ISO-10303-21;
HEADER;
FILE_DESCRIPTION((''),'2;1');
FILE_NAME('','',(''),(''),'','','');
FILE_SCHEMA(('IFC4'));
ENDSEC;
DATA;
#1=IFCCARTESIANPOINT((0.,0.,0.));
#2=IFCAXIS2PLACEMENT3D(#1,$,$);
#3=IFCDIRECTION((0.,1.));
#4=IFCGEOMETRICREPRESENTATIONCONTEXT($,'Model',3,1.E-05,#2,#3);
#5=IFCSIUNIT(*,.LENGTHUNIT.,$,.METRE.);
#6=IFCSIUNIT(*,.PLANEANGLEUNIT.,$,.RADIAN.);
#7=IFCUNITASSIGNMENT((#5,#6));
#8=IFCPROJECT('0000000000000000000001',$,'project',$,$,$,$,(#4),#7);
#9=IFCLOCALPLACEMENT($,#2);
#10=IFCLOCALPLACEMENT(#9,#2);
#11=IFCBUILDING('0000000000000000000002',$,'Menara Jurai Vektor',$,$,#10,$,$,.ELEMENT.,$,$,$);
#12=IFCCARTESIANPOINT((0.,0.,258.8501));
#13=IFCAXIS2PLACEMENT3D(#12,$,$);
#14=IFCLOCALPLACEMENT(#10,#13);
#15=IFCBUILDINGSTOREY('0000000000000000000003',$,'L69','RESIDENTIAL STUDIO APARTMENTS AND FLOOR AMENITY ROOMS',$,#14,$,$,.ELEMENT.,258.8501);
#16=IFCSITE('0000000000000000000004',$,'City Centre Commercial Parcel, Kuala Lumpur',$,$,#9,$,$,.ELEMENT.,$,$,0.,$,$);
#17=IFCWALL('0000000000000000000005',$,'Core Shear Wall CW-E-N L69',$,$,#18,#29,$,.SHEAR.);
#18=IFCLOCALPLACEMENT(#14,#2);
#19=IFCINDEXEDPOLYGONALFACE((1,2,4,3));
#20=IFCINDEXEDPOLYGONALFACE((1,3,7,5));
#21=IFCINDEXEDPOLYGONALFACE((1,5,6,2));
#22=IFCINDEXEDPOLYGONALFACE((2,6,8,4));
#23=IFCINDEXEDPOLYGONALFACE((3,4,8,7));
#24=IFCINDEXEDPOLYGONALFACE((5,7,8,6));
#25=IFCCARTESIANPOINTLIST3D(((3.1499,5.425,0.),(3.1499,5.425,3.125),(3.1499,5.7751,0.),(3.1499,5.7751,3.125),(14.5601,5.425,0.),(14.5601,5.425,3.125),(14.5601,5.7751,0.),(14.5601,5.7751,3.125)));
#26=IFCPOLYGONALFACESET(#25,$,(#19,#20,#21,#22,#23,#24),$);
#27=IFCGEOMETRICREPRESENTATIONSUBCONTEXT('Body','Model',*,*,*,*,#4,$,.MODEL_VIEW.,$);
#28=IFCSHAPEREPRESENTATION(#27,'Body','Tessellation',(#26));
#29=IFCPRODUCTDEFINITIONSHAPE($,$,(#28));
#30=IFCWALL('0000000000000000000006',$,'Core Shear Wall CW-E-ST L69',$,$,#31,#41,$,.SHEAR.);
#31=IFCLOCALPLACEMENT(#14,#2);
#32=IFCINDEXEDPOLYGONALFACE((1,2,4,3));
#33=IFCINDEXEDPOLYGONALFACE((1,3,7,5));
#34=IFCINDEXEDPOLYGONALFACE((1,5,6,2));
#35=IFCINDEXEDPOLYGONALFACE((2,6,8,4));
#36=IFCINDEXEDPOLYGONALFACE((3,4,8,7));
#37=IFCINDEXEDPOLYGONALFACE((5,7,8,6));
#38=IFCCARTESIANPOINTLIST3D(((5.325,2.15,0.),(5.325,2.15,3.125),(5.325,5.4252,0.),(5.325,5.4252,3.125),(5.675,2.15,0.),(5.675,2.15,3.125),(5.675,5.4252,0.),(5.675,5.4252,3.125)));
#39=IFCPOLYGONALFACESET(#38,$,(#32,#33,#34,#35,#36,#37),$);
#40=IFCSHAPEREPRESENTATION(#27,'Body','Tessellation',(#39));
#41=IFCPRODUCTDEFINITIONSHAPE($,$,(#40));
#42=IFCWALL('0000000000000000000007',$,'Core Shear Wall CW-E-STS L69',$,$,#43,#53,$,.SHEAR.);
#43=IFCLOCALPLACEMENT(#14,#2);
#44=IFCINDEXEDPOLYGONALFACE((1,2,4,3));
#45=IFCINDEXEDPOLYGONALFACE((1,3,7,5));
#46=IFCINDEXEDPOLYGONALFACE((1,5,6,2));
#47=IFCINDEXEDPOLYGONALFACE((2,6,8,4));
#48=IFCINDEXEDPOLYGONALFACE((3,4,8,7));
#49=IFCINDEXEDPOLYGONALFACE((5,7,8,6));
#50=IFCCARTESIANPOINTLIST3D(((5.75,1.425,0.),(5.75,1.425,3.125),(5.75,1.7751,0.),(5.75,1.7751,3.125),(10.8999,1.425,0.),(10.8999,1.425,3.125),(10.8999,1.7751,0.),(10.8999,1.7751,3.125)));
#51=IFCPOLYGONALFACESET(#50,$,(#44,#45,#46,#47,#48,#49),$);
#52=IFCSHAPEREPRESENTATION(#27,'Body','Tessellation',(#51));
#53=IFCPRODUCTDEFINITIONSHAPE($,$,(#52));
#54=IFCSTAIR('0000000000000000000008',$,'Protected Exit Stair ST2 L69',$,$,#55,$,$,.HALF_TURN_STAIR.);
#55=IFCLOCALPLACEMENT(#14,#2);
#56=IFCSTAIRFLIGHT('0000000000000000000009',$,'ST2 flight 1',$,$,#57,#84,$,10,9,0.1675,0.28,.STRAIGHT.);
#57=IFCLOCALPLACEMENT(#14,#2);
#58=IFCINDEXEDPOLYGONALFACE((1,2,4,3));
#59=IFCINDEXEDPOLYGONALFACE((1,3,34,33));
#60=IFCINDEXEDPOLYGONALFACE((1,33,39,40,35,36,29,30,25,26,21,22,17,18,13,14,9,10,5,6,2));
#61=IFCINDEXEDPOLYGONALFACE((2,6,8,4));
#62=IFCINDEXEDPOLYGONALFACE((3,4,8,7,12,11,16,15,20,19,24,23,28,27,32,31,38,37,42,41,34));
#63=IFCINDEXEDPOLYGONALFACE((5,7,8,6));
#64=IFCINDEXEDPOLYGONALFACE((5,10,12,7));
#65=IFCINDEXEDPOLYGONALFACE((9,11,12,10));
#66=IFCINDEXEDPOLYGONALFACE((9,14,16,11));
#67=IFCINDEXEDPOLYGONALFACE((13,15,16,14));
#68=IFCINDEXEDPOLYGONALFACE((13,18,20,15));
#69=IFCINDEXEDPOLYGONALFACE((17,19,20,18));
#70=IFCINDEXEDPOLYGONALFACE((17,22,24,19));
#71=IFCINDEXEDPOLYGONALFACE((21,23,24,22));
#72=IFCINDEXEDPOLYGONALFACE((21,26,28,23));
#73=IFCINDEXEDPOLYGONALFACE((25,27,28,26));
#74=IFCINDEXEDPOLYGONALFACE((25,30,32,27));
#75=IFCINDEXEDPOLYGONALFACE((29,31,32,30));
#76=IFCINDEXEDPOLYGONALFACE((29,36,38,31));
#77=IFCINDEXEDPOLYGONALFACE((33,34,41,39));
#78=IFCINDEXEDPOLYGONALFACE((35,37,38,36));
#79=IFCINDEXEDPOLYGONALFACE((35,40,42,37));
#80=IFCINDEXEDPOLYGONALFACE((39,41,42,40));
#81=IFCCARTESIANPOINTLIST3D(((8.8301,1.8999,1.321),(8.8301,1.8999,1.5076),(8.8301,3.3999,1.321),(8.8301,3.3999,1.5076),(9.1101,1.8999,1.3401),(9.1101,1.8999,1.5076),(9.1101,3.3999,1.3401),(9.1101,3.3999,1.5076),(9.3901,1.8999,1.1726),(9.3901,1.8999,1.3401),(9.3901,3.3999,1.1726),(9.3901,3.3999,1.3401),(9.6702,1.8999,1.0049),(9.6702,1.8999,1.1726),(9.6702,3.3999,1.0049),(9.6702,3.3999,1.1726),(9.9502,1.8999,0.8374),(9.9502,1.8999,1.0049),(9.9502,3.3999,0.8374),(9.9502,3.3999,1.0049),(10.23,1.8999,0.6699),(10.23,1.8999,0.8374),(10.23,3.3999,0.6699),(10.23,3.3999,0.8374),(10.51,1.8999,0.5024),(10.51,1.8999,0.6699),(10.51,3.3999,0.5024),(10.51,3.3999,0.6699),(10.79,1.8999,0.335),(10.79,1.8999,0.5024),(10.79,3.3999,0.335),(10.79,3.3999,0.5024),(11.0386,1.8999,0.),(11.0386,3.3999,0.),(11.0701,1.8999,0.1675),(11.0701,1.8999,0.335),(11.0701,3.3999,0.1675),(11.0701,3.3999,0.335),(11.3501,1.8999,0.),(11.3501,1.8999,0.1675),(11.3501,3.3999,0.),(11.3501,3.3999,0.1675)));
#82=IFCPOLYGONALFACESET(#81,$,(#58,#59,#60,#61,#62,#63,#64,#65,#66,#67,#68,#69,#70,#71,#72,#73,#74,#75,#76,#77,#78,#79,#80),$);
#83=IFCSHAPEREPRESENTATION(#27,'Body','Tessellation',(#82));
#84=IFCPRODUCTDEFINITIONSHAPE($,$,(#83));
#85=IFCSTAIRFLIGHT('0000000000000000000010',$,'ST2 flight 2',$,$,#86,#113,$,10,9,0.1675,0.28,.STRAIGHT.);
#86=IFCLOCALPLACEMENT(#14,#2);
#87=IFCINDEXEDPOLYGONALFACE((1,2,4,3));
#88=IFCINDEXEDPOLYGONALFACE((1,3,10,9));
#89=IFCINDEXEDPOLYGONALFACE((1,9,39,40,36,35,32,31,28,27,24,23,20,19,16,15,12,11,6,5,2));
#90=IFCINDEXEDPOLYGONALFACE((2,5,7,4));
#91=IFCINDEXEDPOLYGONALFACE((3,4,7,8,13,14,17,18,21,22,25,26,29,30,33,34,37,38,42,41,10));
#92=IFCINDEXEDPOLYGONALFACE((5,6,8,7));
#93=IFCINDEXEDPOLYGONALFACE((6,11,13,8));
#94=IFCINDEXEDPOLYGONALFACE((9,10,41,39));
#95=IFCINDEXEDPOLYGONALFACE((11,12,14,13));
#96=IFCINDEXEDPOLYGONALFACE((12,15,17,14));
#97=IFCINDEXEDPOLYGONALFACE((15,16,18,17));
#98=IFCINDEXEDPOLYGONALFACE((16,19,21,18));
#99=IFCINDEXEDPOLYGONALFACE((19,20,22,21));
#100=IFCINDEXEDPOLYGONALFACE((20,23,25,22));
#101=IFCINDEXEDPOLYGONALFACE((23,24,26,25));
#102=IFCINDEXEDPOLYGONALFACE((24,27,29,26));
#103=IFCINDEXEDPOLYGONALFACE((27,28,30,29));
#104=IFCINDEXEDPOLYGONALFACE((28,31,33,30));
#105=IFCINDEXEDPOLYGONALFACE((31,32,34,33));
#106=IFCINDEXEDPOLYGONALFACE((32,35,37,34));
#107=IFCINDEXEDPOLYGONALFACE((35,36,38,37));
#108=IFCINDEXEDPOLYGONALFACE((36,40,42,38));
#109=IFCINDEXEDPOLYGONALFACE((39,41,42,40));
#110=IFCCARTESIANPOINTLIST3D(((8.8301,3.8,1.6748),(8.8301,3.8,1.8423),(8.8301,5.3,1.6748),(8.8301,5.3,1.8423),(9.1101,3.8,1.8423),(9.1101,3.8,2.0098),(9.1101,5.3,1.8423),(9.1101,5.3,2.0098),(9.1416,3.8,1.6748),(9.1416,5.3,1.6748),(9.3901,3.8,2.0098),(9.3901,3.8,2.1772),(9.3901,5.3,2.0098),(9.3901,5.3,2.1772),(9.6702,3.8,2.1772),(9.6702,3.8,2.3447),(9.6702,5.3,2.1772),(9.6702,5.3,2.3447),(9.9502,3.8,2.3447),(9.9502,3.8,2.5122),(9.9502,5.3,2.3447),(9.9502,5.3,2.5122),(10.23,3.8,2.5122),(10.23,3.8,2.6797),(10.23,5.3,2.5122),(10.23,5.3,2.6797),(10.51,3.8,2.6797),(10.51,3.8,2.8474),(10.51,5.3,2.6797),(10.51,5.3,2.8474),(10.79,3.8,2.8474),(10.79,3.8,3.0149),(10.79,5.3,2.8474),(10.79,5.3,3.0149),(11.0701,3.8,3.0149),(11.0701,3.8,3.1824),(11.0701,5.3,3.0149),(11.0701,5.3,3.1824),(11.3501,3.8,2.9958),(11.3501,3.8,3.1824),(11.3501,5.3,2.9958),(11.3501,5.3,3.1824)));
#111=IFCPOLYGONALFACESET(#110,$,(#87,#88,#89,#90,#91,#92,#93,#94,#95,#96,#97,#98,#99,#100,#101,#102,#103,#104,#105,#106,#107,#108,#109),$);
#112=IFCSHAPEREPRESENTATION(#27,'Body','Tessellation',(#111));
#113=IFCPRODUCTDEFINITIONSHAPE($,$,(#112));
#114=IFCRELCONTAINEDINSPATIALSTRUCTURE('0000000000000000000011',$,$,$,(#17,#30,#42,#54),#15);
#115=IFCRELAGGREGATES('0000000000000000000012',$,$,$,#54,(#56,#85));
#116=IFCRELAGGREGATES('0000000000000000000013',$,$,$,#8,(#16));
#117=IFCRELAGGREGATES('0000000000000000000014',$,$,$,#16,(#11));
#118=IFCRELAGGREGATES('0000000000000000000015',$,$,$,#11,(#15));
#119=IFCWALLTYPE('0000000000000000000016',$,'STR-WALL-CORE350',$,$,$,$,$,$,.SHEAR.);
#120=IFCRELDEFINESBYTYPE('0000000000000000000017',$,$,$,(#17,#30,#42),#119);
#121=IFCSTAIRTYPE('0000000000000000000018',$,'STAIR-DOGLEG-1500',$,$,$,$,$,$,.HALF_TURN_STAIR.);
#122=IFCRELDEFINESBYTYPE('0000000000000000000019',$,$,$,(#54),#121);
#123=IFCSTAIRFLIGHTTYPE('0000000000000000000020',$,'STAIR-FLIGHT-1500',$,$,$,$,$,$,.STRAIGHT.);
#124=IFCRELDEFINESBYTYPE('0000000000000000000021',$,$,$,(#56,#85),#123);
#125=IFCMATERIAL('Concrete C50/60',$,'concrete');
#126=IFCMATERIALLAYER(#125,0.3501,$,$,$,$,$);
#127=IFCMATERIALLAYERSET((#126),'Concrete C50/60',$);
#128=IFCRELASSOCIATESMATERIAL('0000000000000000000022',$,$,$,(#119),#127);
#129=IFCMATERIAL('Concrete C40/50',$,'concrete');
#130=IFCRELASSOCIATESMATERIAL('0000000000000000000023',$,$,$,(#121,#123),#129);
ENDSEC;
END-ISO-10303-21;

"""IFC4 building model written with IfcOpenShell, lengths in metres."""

from ifc_helpers import new_model, si_unit, direction, frame, frame_2d, origin, place, context, subcontext, project, spatial, polyline, rectangle, outline, extrude, material, layer, layer_set, type_object, element, aggregate, save


model = new_model("IFC4")

# Units and contexts
model_context = context("Model", 3, precision=1e-05, world=origin(), true_north=direction((0.0, 1.0)))
body_context = subcontext(model_context, "Body", "Model", "MODEL_VIEW")
ifc_project = project(units=[si_unit("LENGTHUNIT", "METRE"), si_unit("PLANEANGLEUNIT", "RADIAN")], contexts=[model_context])

# Site, building, storey
site_placement = place(None, origin())
site = spatial("IfcSite", under=ifc_project, at=site_placement, Name="City Centre Commercial Parcel, Kuala Lumpur", CompositionType="ELEMENT", RefElevation=0.0)
building_placement = place(site_placement, origin())
building = spatial("IfcBuilding", under=site, at=building_placement, Name="Menara Jurai Vektor", CompositionType="ELEMENT")
storey_placement = place(building_placement, frame((0.0, 0.0, 258.8501)))
storey = spatial("IfcBuildingStorey", under=building, at=storey_placement, Name="L69", Description="RESIDENTIAL STUDIO APARTMENTS AND FLOOR AMENITY ROOMS", CompositionType="ELEMENT", Elevation=258.8501)

# Shared definitions
ifc_material_1 = material(Name="Concrete C50/60", Category="concrete")

# Shared definitions
ifc_material_2 = material(Name="Concrete C40/50", Category="concrete")

# Walls
ifc_layer_1 = layer(ifc_material_1, 0.3501)
ifc_layer_set_1 = layer_set([ifc_layer_1], Name="Concrete C50/60")
wall_type_1 = type_object("IfcWallType", Name="STR-WALL-CORE350", PredefinedType="SHEAR", material=ifc_layer_set_1)
wall_1_placement = place(storey_placement, frame((3.1499, 5.6001, 0.0), z_axis=(0.0, 0.0, 1.0), x_axis=(1.0, 0.0, 0.0)))
element("IfcWall", 1, at=wall_1_placement, inside=storey, type_object=wall_type_1, Name="Core Shear Wall CW-E-N L69", PredefinedType="SHEAR", context=body_context, shape_type="SweptSolid", body=[
    extrude(rectangle(XDim=11.4102, YDim=0.3501, at=frame_2d((5.7051, 0.0))), origin(), (0.0, 0.0, 1.0), 3.125),
])
wall_2_placement = place(storey_placement, frame((5.5, 2.1499, 0.0), z_axis=(0.0, 0.0, 1.0), x_axis=(0.0, 1.0, 0.0)))
element("IfcWall", 2, at=wall_2_placement, inside=storey, type_object=wall_type_1, Name="Core Shear Wall CW-E-ST L69", PredefinedType="SHEAR", context=body_context, shape_type="SweptSolid", body=[
    extrude(rectangle(XDim=3.2751, YDim=0.3501, at=frame_2d((1.6377, 0.0))), origin(), (0.0, 0.0, 1.0), 3.125),
])
wall_3_placement = place(storey_placement, frame((5.75, 1.6001, 0.0), z_axis=(0.0, 0.0, 1.0), x_axis=(1.0, 0.0, 0.0)))
element("IfcWall", 3, at=wall_3_placement, inside=storey, type_object=wall_type_1, Name="Core Shear Wall CW-E-STS L69", PredefinedType="SHEAR", context=body_context, shape_type="SweptSolid", body=[
    extrude(rectangle(XDim=5.1499, YDim=0.3501, at=frame_2d((2.575, 0.0))), origin(), (0.0, 0.0, 1.0), 3.125),
])

# Stair, stair flights
stair_type = type_object("IfcStairType", Name="STAIR-DOGLEG-1500", PredefinedType="HALF_TURN_STAIR", material=ifc_material_2)
stair_placement = place(storey_placement, origin())
stair = element("IfcStair", 4, at=stair_placement, inside=storey, type_object=stair_type, Name="Protected Exit Stair ST2 L69", PredefinedType="HALF_TURN_STAIR")
stair_flight_type = type_object("IfcStairFlightType", Name="STAIR-FLIGHT-1500", PredefinedType="STRAIGHT", material=ifc_material_2)
stair_flight_1_placement = place(storey_placement, frame((11.3501, 2.6499, 0.0), z_axis=(0.0, 0.0, 1.0), x_axis=(-1.0, 0.0, 0.0)))
stair_flight_1 = element("IfcStairFlight", 5, at=stair_flight_1_placement, type_object=stair_flight_type, Name="ST2 flight 1", NumberOfRisers=10, NumberOfTreads=9, PredefinedType="STRAIGHT", RiserHeight=0.1675, TreadLength=0.28, context=body_context, shape_type="SweptSolid", body=[
    extrude(outline(polyline([(0.0, 0.0), (0.0, 0.1675), (0.28, 0.1675), (0.28, 0.335), (0.5601, 0.335), (0.5601, 0.5024), (0.8401, 0.5024), (0.8401, 0.6699), (1.1201, 0.6699), (1.1201, 0.8374), (1.3999, 0.8374), (1.3999, 1.0049), (1.6799, 1.0049), (1.6799, 1.1726), (1.96, 1.1726), (1.96, 1.3401), (2.24, 1.3401), (2.24, 1.5076), (2.52, 1.5076), (2.52, 1.675), (2.52, 1.321), (0.3115, 0.0), (0.0, 0.0)])), frame((0.0, 0.75, 0.0), z_axis=(0.0, -1.0, 0.0), x_axis=(1.0, 0.0, 0.0)), (0.0, 0.0, 1.0), 1.5),
])
stair_flight_2_placement = place(storey_placement, frame((8.8301, 4.55, 1.6748), z_axis=(0.0, 0.0, 1.0), x_axis=(1.0, 0.0, 0.0)))
stair_flight_2 = element("IfcStairFlight", 6, at=stair_flight_2_placement, type_object=stair_flight_type, Name="ST2 flight 2", NumberOfRisers=10, NumberOfTreads=9, PredefinedType="STRAIGHT", RiserHeight=0.1675, TreadLength=0.28, context=body_context, shape_type="SweptSolid", body=[
    extrude(outline(polyline([(0.0, 0.0), (0.0, 0.1675), (0.28, 0.1675), (0.28, 0.335), (0.5601, 0.335), (0.5601, 0.5024), (0.8401, 0.5024), (0.8401, 0.6699), (1.1201, 0.6699), (1.1201, 0.8374), (1.3999, 0.8374), (1.3999, 1.0049), (1.6799, 1.0049), (1.6799, 1.1726), (1.96, 1.1726), (1.96, 1.3401), (2.24, 1.3401), (2.24, 1.5076), (2.52, 1.5076), (2.52, 1.675), (2.52, 1.321), (0.3115, 0.0), (0.0, 0.0)])), frame((0.0, 0.75, 0.0), z_axis=(0.0, -1.0, 0.0), x_axis=(1.0, 0.0, 0.0)), (0.0, 0.0, 1.0), 1.5),
])
aggregate(stair, [stair_flight_1, stair_flight_2])

save(model, "model.ifc")
